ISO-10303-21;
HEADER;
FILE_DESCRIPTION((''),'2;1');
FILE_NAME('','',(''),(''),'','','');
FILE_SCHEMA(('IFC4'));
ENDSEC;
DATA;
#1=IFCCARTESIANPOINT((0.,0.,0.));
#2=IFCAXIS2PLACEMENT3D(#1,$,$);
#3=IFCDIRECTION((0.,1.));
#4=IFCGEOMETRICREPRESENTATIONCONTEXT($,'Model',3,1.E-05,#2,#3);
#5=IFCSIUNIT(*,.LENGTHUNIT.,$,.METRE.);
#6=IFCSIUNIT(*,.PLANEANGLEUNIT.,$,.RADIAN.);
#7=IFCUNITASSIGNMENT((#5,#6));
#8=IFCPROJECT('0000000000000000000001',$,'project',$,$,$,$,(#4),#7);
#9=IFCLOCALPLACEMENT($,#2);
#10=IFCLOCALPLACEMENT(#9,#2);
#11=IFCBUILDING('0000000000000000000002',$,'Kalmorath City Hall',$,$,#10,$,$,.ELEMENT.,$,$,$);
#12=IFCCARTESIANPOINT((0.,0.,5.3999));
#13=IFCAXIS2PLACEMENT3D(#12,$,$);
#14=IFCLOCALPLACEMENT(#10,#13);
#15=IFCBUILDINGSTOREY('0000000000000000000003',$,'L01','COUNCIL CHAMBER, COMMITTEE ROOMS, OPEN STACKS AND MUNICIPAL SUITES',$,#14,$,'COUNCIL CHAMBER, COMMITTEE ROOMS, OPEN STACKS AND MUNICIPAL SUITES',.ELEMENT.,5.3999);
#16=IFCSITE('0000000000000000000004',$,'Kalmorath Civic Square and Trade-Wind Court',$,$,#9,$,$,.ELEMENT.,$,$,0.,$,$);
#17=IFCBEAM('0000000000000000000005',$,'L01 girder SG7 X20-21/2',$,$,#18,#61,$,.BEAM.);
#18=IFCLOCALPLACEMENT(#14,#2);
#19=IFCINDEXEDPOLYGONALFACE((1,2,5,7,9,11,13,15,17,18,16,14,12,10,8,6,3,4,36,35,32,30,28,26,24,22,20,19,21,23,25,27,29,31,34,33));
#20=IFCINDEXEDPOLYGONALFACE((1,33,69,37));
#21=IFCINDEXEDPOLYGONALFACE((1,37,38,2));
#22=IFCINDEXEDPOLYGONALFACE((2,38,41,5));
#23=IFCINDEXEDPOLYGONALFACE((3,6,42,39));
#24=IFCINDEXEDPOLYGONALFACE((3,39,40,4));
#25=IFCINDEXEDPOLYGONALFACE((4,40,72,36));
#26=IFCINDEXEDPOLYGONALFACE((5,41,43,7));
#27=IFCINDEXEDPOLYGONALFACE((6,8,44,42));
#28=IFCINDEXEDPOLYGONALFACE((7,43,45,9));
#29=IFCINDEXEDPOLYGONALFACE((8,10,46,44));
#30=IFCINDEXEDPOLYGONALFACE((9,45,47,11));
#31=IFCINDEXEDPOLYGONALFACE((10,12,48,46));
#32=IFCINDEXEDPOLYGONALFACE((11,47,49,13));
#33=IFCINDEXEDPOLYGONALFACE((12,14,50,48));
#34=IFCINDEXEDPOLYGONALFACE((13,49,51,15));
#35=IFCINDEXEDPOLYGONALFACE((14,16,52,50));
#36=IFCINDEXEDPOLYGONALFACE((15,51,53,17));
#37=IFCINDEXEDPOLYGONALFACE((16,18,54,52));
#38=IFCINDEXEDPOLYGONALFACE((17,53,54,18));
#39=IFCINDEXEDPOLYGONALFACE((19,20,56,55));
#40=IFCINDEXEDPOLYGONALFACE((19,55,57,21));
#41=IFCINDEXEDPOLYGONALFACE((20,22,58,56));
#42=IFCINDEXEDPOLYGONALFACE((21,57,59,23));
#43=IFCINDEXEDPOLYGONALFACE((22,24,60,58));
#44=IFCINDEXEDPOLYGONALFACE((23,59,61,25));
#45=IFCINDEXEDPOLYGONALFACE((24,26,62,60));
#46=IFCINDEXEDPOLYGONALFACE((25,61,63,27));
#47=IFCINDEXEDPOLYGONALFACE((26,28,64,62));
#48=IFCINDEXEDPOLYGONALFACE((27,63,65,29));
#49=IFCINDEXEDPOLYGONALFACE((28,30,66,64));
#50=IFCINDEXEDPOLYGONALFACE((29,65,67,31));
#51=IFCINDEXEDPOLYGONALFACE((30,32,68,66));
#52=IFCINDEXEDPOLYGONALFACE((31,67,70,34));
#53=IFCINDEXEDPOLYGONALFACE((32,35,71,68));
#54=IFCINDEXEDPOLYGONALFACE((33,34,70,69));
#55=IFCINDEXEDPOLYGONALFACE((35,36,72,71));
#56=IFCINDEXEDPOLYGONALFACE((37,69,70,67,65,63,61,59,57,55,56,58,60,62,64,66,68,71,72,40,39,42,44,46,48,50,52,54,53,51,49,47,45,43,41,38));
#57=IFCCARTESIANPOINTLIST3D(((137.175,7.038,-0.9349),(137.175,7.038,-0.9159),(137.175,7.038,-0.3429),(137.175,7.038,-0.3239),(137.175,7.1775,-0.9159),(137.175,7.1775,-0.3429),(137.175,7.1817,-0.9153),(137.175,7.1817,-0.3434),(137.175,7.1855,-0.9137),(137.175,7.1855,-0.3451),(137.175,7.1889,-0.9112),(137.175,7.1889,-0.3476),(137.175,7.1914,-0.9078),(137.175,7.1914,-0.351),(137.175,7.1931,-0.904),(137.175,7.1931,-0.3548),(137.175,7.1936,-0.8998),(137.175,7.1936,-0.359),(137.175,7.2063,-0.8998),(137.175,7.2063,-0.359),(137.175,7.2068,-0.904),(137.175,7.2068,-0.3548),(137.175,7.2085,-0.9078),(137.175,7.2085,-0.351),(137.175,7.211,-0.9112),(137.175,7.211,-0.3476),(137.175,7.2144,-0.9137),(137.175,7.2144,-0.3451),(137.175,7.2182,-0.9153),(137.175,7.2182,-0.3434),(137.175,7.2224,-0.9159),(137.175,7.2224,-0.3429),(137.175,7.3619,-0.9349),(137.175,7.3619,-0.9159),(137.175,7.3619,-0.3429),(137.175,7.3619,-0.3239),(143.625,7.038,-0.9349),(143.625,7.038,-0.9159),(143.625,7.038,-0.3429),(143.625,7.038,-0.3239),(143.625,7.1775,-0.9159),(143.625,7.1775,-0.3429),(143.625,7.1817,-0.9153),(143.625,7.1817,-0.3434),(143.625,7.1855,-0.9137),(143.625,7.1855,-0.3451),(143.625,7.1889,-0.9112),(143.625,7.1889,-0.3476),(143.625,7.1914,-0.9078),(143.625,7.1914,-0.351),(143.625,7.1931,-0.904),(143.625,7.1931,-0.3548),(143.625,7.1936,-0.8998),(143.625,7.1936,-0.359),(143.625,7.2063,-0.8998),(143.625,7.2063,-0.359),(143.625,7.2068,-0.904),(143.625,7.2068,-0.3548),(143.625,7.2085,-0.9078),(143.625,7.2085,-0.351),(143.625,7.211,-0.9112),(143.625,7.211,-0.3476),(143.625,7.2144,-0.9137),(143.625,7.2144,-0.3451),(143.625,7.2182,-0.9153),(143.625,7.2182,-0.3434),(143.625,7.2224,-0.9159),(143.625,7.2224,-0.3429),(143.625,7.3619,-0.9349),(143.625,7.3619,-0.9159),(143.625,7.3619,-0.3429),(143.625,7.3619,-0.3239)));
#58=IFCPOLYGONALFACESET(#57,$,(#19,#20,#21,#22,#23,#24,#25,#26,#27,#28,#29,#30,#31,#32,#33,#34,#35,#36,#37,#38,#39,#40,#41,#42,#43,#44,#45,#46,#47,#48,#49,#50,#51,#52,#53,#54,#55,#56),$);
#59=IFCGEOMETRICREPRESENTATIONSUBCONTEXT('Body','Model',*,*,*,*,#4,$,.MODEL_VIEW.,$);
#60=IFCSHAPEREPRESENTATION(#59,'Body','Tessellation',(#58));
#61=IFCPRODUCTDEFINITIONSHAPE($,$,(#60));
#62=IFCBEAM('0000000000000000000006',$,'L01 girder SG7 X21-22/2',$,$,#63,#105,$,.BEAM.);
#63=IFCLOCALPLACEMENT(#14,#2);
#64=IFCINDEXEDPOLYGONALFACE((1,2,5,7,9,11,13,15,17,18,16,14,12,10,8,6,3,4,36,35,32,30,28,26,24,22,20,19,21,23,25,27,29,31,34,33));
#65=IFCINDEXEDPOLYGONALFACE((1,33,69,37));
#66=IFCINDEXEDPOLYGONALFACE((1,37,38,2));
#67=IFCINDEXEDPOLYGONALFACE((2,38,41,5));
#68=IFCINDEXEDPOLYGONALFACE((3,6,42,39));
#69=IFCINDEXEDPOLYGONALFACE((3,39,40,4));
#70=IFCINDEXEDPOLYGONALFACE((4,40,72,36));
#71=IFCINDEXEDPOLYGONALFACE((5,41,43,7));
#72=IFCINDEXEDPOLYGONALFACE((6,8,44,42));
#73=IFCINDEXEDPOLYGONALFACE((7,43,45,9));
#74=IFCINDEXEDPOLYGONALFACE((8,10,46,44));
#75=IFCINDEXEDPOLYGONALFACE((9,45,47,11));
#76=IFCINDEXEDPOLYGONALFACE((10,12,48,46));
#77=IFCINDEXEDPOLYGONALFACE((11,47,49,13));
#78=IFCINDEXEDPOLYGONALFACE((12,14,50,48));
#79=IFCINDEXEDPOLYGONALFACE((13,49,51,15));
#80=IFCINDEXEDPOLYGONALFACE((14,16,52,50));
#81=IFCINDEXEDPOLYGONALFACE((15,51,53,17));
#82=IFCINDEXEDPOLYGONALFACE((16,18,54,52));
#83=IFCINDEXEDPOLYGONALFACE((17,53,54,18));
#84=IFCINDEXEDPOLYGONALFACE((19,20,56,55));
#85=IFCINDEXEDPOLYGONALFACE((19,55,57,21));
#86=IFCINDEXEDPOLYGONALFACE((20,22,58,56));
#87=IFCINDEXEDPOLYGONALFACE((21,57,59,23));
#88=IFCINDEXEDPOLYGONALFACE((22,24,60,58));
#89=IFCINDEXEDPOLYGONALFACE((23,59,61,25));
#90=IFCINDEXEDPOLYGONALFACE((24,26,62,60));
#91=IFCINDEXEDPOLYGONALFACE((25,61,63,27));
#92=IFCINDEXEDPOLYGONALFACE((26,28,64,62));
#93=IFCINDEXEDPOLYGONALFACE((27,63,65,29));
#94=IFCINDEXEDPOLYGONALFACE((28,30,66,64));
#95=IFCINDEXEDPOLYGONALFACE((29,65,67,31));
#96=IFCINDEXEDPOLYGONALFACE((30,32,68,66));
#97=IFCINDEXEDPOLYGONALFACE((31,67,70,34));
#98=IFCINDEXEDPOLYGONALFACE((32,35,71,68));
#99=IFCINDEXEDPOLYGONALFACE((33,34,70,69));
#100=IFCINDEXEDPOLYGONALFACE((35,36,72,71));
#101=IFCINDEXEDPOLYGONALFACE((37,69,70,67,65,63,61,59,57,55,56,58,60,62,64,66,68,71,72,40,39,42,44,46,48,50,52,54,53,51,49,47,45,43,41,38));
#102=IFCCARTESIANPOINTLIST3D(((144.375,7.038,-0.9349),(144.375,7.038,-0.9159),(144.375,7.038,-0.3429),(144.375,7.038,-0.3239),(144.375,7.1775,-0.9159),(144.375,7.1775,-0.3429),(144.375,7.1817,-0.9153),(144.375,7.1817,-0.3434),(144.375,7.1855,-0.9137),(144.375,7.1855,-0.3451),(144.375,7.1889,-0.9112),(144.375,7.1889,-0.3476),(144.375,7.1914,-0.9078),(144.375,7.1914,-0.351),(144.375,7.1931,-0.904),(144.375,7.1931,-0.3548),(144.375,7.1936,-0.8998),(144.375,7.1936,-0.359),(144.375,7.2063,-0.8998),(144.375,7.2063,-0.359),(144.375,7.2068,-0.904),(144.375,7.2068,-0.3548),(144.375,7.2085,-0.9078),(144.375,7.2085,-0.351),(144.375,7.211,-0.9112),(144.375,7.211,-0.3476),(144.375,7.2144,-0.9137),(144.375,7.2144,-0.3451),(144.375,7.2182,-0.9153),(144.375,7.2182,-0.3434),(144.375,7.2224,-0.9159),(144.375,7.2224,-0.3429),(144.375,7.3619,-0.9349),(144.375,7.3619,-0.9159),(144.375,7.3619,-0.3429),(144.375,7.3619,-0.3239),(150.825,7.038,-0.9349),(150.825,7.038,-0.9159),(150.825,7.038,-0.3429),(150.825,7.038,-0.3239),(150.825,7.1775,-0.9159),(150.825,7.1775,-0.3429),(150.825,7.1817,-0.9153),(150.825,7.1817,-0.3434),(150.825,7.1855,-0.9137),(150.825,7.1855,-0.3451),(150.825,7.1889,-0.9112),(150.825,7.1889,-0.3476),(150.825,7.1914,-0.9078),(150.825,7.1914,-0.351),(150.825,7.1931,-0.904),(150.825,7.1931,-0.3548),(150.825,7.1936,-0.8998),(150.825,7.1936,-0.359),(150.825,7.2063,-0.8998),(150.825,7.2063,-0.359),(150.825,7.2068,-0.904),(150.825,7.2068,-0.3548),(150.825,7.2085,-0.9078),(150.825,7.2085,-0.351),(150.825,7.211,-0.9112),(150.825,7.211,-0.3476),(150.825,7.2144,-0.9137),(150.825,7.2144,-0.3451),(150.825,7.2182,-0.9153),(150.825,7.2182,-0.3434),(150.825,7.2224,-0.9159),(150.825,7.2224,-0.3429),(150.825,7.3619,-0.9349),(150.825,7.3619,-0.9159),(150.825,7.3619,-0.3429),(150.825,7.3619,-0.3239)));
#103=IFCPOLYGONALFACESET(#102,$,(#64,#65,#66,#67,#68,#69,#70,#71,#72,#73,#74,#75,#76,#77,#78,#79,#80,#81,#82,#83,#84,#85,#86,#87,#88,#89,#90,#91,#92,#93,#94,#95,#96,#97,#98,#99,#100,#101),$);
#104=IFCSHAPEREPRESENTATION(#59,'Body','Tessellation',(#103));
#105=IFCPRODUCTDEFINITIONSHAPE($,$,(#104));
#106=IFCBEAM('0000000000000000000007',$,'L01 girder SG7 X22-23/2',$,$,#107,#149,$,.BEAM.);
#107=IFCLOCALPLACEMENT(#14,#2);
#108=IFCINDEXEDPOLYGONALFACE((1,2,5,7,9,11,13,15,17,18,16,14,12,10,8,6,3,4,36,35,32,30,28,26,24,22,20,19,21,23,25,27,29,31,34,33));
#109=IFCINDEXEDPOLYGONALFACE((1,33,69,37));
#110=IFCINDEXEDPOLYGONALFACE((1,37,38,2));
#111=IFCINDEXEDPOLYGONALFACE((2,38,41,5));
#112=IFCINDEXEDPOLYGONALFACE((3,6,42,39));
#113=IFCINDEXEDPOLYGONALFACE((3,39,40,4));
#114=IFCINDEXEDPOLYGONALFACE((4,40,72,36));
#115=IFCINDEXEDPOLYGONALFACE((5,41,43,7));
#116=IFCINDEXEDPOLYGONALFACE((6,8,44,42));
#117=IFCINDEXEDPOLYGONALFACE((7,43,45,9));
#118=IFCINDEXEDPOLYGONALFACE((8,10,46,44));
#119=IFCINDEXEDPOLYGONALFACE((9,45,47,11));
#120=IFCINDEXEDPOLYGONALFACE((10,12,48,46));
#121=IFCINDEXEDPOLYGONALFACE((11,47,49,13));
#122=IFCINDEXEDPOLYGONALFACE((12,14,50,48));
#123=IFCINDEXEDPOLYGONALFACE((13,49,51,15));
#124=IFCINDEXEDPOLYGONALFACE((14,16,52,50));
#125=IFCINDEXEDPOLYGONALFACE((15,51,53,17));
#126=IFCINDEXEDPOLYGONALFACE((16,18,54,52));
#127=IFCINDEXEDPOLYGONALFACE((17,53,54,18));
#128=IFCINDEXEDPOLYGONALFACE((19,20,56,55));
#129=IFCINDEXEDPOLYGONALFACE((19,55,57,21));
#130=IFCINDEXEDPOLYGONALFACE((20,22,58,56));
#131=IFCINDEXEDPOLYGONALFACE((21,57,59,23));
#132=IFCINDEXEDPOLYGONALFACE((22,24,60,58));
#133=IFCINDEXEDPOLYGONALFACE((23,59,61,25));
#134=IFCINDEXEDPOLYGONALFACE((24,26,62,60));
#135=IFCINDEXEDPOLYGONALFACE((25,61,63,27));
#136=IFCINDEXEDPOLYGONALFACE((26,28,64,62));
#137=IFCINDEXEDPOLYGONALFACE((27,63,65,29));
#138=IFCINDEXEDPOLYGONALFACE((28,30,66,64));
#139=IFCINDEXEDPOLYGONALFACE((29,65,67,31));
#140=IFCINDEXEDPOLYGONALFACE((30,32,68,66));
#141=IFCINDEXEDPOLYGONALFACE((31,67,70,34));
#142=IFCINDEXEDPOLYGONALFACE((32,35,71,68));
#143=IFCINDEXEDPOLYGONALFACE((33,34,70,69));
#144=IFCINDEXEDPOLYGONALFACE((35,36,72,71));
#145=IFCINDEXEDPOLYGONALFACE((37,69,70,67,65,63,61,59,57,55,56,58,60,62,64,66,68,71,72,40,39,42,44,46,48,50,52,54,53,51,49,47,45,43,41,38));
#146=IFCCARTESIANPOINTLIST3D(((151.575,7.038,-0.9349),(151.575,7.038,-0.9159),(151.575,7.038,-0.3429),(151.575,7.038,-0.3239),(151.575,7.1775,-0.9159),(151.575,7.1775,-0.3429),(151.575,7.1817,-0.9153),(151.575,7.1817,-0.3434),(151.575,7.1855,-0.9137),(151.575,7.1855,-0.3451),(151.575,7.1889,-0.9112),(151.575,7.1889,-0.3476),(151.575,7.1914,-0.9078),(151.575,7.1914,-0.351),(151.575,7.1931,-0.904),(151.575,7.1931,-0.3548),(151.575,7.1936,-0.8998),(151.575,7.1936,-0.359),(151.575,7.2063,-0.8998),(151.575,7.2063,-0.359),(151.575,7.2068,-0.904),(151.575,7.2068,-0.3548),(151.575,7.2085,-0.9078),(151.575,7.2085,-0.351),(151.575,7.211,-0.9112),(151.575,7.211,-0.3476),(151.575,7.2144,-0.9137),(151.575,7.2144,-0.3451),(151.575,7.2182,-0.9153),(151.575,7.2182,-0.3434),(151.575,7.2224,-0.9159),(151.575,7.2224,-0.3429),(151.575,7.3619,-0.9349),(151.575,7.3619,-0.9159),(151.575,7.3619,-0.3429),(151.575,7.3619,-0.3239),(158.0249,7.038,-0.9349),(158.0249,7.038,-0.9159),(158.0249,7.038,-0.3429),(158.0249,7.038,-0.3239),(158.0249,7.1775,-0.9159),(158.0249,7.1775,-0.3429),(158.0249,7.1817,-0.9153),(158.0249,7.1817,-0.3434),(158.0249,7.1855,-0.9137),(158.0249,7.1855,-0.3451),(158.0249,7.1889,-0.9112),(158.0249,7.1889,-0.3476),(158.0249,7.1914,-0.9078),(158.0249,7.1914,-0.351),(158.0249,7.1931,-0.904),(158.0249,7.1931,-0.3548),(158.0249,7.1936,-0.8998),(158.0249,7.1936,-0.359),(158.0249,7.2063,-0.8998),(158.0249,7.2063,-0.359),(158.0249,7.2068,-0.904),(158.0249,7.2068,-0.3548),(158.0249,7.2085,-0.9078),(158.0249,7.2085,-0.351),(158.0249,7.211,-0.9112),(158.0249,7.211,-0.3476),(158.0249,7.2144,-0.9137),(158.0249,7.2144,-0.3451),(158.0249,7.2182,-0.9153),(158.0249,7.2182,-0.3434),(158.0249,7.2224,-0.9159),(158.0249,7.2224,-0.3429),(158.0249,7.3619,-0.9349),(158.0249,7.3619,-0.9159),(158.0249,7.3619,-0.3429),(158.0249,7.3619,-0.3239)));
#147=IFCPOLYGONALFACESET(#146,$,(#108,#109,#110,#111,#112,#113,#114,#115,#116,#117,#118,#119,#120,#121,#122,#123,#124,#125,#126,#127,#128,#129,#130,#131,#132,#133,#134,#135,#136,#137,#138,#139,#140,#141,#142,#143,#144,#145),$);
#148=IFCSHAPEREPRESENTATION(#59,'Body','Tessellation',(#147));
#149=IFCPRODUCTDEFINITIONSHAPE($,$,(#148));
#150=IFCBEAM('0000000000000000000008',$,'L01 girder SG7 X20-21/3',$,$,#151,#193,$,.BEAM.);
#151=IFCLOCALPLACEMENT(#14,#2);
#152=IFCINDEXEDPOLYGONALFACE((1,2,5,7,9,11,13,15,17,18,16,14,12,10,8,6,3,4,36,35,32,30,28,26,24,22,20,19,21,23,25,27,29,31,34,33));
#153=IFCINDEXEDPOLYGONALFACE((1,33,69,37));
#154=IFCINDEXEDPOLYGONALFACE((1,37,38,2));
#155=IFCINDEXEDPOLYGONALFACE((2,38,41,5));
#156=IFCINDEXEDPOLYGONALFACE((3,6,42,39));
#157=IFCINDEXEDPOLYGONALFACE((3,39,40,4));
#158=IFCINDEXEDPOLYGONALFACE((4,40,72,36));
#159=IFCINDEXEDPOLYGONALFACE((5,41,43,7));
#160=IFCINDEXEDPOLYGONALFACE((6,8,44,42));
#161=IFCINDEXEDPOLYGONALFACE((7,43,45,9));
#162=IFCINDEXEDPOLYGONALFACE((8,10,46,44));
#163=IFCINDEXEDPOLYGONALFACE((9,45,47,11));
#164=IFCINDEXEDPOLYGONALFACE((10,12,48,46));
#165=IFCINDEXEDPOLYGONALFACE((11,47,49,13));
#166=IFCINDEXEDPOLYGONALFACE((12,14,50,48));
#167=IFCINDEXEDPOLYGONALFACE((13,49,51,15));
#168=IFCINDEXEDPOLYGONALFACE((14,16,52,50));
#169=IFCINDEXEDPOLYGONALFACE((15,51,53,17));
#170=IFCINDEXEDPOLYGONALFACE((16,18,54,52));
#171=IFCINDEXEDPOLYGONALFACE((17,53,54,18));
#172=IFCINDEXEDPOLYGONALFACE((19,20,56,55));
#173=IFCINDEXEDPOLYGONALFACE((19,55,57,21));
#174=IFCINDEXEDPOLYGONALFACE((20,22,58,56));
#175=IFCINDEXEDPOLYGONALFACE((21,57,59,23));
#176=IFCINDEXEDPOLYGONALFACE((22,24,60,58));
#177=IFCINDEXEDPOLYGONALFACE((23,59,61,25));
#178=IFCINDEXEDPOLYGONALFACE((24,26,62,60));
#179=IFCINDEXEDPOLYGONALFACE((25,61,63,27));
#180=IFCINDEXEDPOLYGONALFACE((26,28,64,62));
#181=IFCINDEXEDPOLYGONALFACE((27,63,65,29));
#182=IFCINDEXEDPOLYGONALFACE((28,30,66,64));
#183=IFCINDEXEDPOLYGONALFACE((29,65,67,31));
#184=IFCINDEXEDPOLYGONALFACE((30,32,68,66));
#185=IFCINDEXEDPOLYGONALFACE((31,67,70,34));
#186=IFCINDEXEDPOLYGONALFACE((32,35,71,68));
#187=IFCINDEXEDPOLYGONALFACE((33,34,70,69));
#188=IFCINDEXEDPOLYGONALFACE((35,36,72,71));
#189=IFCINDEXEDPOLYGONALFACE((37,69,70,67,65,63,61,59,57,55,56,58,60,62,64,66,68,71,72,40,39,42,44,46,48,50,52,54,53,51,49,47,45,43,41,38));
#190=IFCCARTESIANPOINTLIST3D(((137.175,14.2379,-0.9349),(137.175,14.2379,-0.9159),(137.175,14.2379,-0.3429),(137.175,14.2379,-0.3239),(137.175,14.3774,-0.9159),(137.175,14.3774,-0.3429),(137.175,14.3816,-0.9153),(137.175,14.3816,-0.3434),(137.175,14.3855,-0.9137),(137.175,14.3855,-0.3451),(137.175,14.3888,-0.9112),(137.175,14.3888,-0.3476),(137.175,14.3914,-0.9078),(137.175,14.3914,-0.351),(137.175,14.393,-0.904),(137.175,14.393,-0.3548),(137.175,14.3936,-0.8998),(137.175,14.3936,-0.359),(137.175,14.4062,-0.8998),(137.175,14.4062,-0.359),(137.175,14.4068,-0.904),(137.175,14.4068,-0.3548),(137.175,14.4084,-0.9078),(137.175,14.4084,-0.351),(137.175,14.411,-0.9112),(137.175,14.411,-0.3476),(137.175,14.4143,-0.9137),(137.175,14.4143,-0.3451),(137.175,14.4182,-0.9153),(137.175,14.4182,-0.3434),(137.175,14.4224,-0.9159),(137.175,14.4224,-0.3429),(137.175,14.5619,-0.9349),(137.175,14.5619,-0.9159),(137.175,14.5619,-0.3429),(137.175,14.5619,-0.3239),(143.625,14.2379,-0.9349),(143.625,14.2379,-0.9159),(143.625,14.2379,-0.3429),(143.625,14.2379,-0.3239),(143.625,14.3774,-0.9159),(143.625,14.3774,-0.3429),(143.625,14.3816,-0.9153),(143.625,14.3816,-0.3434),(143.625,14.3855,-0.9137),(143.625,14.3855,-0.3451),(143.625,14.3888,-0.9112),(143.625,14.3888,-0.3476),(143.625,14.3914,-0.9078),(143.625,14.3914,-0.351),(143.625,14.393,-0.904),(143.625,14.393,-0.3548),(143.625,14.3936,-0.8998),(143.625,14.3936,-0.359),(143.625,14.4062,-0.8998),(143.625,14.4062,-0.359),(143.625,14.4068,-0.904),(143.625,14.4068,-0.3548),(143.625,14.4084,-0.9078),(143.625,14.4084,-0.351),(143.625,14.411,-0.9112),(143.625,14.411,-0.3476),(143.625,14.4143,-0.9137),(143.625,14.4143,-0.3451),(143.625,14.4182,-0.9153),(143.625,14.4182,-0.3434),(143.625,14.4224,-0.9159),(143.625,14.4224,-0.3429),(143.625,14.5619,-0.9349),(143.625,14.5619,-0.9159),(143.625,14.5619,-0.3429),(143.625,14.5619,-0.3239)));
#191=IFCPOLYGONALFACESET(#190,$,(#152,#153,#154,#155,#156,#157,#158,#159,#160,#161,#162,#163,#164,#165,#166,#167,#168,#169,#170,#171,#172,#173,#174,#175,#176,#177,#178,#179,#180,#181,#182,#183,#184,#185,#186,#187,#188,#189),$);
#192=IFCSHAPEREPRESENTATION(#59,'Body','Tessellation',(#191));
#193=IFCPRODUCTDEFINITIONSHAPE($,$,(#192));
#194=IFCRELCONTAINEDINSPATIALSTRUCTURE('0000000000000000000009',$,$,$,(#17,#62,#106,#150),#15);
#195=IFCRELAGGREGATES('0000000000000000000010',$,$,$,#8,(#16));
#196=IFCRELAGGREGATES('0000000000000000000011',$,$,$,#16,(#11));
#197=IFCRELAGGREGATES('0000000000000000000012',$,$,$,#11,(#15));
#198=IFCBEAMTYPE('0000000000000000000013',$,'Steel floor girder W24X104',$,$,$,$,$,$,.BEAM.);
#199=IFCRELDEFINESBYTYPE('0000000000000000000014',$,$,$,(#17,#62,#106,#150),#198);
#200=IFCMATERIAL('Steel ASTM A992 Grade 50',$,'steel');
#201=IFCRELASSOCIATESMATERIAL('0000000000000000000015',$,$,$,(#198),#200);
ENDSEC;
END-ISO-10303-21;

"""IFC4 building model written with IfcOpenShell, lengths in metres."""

from ifc_helpers import new_model, si_unit, direction, frame, origin, origin_2d, place, context, subcontext, project, spatial, i_section, extrude, material, material_profile, profile_set, type_object, element, save


model = new_model("IFC4")

# Units and contexts
model_context = context("Model", 3, precision=1e-05, world=origin(), true_north=direction((0.0, 1.0)))
body_context = subcontext(model_context, "Body", "Model", "MODEL_VIEW")
ifc_project = project(units=[si_unit("LENGTHUNIT", "METRE"), si_unit("PLANEANGLEUNIT", "RADIAN")], contexts=[model_context])

# Site, building, storey
site_placement = place(None, origin())
site = spatial("IfcSite", under=ifc_project, at=site_placement, Name="Kalmorath Civic Square and Trade-Wind Court", CompositionType="ELEMENT", RefElevation=0.0)
building_placement = place(site_placement, origin())
building = spatial("IfcBuilding", under=site, at=building_placement, Name="Kalmorath City Hall", CompositionType="ELEMENT")
storey_placement = place(building_placement, frame((0.0, 0.0, 5.3999)))
storey = spatial("IfcBuildingStorey", under=building, at=storey_placement, Name="L01", Description="COUNCIL CHAMBER, COMMITTEE ROOMS, OPEN STACKS AND MUNICIPAL SUITES", LongName="COUNCIL CHAMBER, COMMITTEE ROOMS, OPEN STACKS AND MUNICIPAL SUITES", CompositionType="ELEMENT", Elevation=5.3999)

# Beams
ifc_material_1 = material(Name="Steel ASTM A992 Grade 50", Category="steel")
ifc_material_profile_1 = material_profile(ifc_material_1, i_section(OverallWidth=0.324, OverallDepth=0.6111, WebThickness=0.0127, FlangeThickness=0.019, FilletRadius=0.0161, at=origin_2d()), Name="W24X104")
ifc_profile_set_1 = profile_set([ifc_material_profile_1], Name="Steel ASTM A992 Grade 50")
beam_type_1 = type_object("IfcBeamType", Name="Steel floor girder W24X104", PredefinedType="BEAM", material=ifc_profile_set_1)
for number, where, z_axis, x_axis, name in (
    (1, (137.175, 7.2, -0.6294), (1.0, 0.0, 0.0), (0.0, 1.0, 0.0), "L01 girder SG7 X20-21/2"),
    (2, (144.375, 7.2, -0.6294), (1.0, 0.0, 0.0), (0.0, 1.0, 0.0), "L01 girder SG7 X21-22/2"),
    (3, (151.575, 7.2, -0.6294), (1.0, 0.0, 0.0), (0.0, 1.0, 0.0), "L01 girder SG7 X22-23/2"),
    (4, (137.175, 14.3999, -0.6294), (1.0, 0.0, 0.0), (0.0, 1.0, 0.0), "L01 girder SG7 X20-21/3"),
):
    element("IfcBeam", number, at=place(storey_placement, frame(where, z_axis=z_axis, x_axis=x_axis)), inside=storey, type_object=beam_type_1, Name=name, PredefinedType="BEAM", context=body_context, shape_type="SweptSolid", body=[
        extrude(i_section(OverallWidth=0.324, OverallDepth=0.6111, WebThickness=0.0127, FlangeThickness=0.019, FilletRadius=0.0161, at=origin_2d()), origin(), (0.0, 0.0, 1.0), 6.45),
    ])

save(model, "model.ifc")
